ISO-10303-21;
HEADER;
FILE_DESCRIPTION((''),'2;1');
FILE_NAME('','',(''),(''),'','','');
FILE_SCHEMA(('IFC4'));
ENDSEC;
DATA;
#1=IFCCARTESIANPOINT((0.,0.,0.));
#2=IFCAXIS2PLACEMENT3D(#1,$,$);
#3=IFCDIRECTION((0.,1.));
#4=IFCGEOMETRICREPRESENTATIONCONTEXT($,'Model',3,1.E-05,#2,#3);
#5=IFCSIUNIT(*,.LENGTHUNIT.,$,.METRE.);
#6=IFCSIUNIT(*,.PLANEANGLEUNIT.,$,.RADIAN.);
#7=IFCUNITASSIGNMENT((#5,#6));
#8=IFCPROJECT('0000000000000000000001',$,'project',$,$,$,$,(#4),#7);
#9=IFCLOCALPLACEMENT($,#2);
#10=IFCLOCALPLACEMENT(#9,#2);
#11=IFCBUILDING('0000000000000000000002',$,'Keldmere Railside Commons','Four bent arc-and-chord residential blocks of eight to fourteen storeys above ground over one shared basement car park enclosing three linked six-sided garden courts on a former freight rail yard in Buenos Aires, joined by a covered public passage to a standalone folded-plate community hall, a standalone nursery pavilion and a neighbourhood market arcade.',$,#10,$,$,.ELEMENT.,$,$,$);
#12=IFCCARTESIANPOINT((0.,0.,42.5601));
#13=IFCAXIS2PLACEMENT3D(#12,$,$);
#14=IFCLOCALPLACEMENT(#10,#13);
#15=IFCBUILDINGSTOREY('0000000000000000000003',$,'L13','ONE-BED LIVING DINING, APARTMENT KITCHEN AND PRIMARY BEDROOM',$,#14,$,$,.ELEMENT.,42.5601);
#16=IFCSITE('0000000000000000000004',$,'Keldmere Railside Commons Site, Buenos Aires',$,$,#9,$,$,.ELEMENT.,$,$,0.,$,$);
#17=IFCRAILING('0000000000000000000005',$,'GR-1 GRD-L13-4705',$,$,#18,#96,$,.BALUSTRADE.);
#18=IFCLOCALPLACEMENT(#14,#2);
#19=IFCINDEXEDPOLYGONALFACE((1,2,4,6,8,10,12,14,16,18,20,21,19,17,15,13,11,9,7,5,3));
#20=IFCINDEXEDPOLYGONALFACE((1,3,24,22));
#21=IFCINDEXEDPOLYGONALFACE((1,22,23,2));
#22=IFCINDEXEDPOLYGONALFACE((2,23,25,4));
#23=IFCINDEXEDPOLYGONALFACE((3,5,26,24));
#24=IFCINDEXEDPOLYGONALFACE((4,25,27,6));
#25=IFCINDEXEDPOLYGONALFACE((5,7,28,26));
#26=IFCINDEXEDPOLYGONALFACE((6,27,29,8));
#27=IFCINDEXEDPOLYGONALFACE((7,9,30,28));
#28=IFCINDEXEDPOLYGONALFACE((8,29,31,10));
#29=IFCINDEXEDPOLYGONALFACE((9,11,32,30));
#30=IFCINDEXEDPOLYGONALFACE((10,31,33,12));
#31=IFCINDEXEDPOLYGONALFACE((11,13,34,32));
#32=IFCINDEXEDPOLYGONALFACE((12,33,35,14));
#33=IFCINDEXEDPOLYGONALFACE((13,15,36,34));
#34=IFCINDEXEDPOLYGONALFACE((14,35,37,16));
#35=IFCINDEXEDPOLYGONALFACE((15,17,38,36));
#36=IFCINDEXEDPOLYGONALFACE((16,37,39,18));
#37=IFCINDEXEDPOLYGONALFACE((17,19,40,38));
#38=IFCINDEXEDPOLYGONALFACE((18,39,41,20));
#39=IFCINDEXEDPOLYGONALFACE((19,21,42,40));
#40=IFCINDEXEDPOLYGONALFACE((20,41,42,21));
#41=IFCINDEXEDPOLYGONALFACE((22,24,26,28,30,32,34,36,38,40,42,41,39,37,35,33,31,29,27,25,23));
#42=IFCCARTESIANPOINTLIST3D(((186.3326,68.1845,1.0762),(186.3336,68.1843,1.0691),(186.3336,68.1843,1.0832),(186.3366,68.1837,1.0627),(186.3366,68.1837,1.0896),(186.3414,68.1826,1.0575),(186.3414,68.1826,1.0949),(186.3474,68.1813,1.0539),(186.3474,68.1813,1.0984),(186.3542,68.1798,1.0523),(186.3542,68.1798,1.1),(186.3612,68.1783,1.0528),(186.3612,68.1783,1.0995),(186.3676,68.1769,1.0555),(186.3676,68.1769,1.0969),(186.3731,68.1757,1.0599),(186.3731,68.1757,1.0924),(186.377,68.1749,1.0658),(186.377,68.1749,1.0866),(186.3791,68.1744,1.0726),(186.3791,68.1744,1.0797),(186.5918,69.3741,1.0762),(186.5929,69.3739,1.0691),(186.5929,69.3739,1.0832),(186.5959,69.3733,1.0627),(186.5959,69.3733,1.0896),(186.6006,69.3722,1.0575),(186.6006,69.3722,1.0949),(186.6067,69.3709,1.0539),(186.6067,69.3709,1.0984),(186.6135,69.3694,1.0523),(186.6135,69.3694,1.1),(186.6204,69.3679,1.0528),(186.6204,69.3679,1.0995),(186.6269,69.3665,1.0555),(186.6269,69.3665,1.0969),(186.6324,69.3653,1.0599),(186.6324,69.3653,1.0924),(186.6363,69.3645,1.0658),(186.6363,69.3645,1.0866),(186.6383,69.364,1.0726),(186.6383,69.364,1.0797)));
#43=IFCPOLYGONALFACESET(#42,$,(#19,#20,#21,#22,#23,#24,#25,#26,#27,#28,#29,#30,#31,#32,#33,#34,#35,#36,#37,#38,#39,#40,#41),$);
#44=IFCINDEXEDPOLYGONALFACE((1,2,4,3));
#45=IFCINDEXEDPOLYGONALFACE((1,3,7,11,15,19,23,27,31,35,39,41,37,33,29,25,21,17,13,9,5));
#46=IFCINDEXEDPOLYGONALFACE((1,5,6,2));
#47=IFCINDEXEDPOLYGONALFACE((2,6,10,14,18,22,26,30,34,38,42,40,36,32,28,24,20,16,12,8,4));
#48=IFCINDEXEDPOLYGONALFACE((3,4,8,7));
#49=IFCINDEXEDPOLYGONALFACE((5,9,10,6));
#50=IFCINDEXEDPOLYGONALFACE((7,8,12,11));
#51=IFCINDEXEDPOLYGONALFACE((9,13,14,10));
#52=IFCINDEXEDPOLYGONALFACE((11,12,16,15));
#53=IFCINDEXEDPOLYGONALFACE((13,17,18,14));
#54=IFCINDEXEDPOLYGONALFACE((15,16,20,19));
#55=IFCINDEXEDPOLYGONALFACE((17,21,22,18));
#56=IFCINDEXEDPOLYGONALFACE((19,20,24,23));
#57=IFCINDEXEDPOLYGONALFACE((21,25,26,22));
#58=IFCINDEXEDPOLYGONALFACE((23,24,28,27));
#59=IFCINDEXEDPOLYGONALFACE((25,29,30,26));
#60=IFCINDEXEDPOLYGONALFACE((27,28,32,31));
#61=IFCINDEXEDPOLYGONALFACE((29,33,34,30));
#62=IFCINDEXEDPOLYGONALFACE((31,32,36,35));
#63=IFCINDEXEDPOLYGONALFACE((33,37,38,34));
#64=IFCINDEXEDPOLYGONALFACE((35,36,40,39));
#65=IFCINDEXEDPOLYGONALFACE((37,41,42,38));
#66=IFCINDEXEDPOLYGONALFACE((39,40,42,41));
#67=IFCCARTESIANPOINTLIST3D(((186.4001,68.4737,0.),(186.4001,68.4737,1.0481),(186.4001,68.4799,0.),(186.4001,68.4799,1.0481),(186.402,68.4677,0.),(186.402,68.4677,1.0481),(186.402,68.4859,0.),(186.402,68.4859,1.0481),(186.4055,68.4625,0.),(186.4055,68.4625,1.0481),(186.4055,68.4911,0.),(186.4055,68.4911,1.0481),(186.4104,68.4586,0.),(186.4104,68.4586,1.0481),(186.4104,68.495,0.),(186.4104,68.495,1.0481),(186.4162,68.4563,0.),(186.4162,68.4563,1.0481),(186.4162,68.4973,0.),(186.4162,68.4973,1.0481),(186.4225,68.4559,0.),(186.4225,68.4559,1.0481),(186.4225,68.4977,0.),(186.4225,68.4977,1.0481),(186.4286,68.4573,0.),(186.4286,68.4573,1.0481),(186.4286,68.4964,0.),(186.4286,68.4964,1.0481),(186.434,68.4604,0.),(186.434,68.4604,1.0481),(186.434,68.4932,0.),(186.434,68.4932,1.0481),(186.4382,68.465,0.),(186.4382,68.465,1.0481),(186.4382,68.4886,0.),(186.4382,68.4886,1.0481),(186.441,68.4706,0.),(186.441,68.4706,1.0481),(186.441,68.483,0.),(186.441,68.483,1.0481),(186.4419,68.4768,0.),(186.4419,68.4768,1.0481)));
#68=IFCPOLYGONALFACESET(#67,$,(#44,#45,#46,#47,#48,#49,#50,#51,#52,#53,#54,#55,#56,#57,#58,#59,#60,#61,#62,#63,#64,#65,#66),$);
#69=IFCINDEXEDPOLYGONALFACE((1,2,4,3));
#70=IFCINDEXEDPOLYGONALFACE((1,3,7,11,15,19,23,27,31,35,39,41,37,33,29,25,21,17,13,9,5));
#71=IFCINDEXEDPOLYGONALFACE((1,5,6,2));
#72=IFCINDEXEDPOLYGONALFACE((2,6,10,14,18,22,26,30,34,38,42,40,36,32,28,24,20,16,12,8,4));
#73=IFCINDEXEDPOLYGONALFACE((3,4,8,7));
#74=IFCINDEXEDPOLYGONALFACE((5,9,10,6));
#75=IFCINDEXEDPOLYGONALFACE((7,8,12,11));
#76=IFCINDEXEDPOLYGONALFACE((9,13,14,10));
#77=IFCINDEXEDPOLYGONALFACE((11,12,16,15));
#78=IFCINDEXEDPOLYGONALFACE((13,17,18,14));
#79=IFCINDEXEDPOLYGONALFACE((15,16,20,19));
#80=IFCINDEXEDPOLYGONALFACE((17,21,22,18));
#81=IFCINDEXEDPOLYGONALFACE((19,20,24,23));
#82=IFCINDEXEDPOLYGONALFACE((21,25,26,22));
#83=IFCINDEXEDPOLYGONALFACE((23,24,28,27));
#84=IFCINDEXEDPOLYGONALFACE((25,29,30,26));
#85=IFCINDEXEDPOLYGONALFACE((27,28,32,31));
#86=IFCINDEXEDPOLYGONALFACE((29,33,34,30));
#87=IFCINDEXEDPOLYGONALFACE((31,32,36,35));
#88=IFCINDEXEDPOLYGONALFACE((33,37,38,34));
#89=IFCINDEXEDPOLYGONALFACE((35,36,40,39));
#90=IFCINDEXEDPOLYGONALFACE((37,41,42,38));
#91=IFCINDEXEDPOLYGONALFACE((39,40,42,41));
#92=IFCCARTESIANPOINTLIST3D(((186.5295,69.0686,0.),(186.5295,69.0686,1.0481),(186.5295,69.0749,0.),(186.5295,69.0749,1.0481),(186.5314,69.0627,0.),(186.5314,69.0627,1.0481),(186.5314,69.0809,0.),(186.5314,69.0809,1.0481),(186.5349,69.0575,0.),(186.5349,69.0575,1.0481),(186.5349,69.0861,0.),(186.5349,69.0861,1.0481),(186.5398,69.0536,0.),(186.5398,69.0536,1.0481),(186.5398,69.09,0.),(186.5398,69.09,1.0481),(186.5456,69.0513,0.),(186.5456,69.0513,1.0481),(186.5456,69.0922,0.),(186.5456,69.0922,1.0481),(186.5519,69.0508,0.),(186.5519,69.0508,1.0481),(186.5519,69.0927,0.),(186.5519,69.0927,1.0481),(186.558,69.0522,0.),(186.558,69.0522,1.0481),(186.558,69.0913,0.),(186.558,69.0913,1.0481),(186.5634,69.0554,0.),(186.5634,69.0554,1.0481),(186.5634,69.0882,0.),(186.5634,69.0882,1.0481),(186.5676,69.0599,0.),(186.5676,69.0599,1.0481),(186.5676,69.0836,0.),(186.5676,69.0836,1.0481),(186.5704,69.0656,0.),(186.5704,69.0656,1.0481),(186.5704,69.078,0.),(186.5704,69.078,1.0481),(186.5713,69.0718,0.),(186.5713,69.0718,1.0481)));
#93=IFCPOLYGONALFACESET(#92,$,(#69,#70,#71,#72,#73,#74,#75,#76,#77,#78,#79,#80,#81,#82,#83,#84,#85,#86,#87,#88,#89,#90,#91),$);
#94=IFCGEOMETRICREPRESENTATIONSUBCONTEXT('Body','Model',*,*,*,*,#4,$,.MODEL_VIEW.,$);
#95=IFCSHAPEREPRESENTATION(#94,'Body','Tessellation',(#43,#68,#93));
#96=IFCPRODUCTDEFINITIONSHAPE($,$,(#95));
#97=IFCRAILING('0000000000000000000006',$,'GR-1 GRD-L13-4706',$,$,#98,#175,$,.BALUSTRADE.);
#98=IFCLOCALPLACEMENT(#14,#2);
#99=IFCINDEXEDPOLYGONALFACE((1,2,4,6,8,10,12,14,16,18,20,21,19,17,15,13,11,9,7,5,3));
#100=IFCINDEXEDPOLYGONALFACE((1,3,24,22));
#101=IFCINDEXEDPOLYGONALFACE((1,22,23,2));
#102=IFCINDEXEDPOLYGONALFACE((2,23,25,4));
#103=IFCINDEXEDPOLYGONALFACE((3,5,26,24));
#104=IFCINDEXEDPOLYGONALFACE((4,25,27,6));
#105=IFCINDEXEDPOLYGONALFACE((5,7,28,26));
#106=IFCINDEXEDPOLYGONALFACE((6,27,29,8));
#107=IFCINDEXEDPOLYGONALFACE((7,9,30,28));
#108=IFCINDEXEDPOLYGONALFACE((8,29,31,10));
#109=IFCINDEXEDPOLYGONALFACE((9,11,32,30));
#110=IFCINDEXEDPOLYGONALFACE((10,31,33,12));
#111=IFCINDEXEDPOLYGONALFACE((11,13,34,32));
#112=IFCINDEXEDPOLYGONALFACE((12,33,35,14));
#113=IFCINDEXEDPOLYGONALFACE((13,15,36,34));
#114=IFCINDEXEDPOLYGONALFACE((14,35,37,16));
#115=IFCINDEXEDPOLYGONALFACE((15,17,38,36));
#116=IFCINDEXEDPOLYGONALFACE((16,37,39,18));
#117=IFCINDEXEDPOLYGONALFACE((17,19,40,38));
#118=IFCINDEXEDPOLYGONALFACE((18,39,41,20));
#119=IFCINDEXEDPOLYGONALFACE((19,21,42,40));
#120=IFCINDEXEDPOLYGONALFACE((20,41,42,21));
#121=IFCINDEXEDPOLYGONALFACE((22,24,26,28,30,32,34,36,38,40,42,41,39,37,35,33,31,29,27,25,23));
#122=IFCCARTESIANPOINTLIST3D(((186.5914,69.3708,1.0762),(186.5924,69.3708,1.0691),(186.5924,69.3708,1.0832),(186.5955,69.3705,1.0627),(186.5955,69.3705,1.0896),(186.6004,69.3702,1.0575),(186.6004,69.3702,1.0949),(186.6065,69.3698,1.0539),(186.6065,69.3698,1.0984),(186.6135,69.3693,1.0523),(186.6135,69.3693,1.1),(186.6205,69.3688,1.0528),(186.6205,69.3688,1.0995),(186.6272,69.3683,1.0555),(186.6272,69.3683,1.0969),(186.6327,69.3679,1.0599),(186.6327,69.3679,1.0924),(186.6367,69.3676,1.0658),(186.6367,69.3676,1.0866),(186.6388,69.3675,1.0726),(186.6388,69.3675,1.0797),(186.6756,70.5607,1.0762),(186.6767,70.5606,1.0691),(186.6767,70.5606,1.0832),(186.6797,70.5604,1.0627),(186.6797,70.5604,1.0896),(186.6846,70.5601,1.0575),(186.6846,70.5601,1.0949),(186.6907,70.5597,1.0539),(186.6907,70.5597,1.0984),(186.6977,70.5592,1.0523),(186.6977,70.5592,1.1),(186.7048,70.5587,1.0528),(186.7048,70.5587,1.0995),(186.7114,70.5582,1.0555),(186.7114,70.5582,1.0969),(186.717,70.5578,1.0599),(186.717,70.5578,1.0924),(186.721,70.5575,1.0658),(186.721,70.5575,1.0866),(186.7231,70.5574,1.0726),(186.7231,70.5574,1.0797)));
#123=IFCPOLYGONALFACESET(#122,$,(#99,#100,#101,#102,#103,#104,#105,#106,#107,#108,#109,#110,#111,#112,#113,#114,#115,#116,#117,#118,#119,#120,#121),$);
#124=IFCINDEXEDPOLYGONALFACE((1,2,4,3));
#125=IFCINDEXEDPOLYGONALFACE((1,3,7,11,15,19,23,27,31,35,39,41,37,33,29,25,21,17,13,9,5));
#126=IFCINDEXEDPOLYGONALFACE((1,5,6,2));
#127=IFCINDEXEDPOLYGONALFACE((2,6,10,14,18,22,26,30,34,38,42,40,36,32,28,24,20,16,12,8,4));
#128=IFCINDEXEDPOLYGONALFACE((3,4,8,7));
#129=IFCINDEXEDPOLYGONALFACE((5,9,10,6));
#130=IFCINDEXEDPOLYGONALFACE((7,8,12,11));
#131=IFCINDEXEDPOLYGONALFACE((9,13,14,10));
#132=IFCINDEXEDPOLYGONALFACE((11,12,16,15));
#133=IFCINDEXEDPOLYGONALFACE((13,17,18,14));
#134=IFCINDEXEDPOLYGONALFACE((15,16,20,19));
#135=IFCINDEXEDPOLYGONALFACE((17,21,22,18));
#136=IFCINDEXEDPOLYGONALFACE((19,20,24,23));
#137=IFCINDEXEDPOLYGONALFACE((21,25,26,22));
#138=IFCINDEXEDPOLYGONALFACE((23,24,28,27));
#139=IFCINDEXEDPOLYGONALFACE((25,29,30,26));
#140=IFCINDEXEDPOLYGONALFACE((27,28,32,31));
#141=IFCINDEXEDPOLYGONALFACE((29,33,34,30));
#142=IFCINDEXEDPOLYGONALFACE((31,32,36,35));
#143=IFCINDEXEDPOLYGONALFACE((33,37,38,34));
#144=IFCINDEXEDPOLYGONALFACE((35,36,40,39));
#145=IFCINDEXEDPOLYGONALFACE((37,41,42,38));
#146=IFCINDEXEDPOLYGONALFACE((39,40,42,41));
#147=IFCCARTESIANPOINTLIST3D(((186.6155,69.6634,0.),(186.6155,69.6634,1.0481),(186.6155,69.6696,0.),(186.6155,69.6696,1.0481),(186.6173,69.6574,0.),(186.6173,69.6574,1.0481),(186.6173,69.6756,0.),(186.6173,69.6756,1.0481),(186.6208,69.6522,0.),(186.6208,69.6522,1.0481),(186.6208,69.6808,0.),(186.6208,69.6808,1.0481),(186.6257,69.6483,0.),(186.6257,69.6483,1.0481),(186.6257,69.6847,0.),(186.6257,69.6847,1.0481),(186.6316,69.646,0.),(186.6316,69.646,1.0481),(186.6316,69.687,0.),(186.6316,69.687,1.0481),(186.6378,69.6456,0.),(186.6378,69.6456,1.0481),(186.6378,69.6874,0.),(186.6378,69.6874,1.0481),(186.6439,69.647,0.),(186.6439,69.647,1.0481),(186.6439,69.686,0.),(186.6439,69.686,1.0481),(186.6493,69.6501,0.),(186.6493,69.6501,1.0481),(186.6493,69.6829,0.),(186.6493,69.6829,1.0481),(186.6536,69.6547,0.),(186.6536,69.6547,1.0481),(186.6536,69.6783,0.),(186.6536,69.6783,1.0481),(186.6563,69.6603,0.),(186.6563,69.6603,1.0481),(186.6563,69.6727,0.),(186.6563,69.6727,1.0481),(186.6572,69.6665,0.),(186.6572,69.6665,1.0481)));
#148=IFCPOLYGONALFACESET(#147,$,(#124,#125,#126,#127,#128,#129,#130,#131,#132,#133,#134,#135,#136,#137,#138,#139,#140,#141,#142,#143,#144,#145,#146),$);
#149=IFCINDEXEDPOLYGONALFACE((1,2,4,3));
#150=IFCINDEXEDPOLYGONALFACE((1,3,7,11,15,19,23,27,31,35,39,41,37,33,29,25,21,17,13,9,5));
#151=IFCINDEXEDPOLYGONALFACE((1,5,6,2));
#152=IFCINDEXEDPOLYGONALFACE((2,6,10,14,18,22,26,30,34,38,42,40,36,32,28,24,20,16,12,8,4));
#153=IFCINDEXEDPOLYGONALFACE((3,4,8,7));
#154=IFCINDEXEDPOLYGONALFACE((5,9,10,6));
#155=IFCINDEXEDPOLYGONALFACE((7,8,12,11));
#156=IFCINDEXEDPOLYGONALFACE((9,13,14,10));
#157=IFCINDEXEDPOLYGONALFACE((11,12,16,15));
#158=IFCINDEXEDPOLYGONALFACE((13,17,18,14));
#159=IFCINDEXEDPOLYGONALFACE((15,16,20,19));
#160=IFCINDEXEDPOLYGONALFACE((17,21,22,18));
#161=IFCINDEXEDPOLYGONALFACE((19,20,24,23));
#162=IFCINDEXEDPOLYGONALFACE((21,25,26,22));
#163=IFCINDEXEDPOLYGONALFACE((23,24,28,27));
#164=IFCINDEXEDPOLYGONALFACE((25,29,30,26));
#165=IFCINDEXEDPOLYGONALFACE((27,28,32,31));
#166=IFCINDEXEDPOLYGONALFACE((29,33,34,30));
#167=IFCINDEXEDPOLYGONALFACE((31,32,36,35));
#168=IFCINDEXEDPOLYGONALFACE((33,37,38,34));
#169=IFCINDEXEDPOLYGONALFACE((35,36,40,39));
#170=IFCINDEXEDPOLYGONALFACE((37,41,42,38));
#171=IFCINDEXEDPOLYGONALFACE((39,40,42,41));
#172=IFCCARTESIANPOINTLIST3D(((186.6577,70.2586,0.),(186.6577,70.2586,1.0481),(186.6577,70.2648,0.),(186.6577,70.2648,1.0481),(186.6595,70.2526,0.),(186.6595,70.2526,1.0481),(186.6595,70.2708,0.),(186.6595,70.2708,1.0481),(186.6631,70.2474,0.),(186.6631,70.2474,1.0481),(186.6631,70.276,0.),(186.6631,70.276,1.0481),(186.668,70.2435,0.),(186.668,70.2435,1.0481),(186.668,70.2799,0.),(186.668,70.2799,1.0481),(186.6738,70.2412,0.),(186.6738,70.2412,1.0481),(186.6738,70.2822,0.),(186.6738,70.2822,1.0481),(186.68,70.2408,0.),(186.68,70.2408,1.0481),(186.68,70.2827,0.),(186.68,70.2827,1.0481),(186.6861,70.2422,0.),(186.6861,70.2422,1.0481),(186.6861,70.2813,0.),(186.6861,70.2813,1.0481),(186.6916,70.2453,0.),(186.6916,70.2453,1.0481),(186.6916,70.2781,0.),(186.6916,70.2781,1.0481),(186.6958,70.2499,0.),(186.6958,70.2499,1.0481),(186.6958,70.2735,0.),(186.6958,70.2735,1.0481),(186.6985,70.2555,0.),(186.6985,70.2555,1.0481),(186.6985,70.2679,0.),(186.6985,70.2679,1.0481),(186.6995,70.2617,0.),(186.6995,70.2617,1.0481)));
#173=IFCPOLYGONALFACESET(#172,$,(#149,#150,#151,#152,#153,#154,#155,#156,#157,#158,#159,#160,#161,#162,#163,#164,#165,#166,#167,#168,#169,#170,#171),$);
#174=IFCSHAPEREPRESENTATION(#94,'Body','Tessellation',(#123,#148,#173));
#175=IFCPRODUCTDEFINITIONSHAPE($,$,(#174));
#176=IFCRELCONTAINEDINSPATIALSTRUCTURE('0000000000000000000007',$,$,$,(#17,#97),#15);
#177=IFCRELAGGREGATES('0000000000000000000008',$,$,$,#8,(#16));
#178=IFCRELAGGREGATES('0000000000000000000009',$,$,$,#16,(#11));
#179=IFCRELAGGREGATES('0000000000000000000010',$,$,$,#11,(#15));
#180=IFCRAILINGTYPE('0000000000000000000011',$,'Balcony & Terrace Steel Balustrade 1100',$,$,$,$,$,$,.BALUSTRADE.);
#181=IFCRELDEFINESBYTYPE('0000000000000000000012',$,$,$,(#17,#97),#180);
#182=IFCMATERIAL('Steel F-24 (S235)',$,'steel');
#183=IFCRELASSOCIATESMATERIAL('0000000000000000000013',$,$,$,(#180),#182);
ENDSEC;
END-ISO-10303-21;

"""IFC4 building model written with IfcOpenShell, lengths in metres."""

from ifc_helpers import new_model, si_unit, direction, frame, origin, origin_2d, place, context, subcontext, project, spatial, circle, extrude, material, type_object, element, save


model = new_model("IFC4")

# Units and contexts
model_context = context("Model", 3, precision=1e-05, world=origin(), true_north=direction((0.0, 1.0)))
body_context = subcontext(model_context, "Body", "Model", "MODEL_VIEW")
ifc_project = project(units=[si_unit("LENGTHUNIT", "METRE"), si_unit("PLANEANGLEUNIT", "RADIAN")], contexts=[model_context])

# Site, building, storey
site_placement = place(None, origin())
site = spatial("IfcSite", under=ifc_project, at=site_placement, Name="Keldmere Railside Commons Site, Buenos Aires", CompositionType="ELEMENT", RefElevation=0.0)
building_placement = place(site_placement, origin())
building = spatial("IfcBuilding", under=site, at=building_placement, Name="Keldmere Railside Commons", Description="Four bent arc-and-chord residential blocks of eight to fourteen storeys above ground over one shared basement car park enclosing three linked six-sided garden courts on a former freight rail yard in Buenos Aires, joined by a covered public passage to a standalone folded-plate community hall, a standalone nursery pavilion and a neighbourhood market arcade.", CompositionType="ELEMENT")
storey_placement = place(building_placement, frame((0.0, 0.0, 42.5601)))
storey = spatial("IfcBuildingStorey", under=building, at=storey_placement, Name="L13", Description="ONE-BED LIVING DINING, APARTMENT KITCHEN AND PRIMARY BEDROOM", CompositionType="ELEMENT", Elevation=42.5601)

# Shared definitions
ifc_material_1 = material(Name="Steel F-24 (S235)", Category="steel")

# Railings
railing_type_1 = type_object("IfcRailingType", Name="Balcony & Terrace Steel Balustrade 1100", PredefinedType="BALUSTRADE", material=ifc_material_1)
railing_1_placement = place(storey_placement, frame((186.356, 68.1794, 0.0)))
element("IfcRailing", 1, at=railing_1_placement, inside=storey, type_object=railing_type_1, Name="GR-1 GRD-L13-4705", PredefinedType="BALUSTRADE", context=body_context, shape_type="SweptSolid", body=[
    extrude(circle(Radius=0.0239, at=origin_2d()), frame((0.0, 0.0, 1.0762), z_axis=(0.212937, 0.977066, 0.0), x_axis=(-0.977066, 0.212937, 0.0)), (0.0, 0.0, 1.0), 1.2175),
    extrude(circle(Radius=0.021, at=origin_2d()), frame((0.0649, 0.2974, 0.0)), (0.0, 0.0, 1.0), 1.0481),
    extrude(circle(Radius=0.021, at=origin_2d()), frame((0.1943, 0.8923, 0.0)), (0.0, 0.0, 1.0), 1.0481),
])
railing_2_placement = place(storey_placement, frame((186.6152, 69.3691, 0.0)))
element("IfcRailing", 2, at=railing_2_placement, inside=storey, type_object=railing_type_1, Name="GR-1 GRD-L13-4706", PredefinedType="BALUSTRADE", context=body_context, shape_type="SweptSolid", body=[
    extrude(circle(Radius=0.0239, at=origin_2d()), frame((0.0, 0.0, 1.0762), z_axis=(0.070607, 0.997504, 0.0), x_axis=(-0.997504, 0.070607, 0.0)), (0.0, 0.0, 1.0), 1.1929),
    extrude(circle(Radius=0.021, at=origin_2d()), frame((0.021, 0.2974, 0.0)), (0.0, 0.0, 1.0), 1.0481),
    extrude(circle(Radius=0.021, at=origin_2d()), frame((0.0632, 0.8926, 0.0)), (0.0, 0.0, 1.0), 1.0481),
])

save(model, "model.ifc")
